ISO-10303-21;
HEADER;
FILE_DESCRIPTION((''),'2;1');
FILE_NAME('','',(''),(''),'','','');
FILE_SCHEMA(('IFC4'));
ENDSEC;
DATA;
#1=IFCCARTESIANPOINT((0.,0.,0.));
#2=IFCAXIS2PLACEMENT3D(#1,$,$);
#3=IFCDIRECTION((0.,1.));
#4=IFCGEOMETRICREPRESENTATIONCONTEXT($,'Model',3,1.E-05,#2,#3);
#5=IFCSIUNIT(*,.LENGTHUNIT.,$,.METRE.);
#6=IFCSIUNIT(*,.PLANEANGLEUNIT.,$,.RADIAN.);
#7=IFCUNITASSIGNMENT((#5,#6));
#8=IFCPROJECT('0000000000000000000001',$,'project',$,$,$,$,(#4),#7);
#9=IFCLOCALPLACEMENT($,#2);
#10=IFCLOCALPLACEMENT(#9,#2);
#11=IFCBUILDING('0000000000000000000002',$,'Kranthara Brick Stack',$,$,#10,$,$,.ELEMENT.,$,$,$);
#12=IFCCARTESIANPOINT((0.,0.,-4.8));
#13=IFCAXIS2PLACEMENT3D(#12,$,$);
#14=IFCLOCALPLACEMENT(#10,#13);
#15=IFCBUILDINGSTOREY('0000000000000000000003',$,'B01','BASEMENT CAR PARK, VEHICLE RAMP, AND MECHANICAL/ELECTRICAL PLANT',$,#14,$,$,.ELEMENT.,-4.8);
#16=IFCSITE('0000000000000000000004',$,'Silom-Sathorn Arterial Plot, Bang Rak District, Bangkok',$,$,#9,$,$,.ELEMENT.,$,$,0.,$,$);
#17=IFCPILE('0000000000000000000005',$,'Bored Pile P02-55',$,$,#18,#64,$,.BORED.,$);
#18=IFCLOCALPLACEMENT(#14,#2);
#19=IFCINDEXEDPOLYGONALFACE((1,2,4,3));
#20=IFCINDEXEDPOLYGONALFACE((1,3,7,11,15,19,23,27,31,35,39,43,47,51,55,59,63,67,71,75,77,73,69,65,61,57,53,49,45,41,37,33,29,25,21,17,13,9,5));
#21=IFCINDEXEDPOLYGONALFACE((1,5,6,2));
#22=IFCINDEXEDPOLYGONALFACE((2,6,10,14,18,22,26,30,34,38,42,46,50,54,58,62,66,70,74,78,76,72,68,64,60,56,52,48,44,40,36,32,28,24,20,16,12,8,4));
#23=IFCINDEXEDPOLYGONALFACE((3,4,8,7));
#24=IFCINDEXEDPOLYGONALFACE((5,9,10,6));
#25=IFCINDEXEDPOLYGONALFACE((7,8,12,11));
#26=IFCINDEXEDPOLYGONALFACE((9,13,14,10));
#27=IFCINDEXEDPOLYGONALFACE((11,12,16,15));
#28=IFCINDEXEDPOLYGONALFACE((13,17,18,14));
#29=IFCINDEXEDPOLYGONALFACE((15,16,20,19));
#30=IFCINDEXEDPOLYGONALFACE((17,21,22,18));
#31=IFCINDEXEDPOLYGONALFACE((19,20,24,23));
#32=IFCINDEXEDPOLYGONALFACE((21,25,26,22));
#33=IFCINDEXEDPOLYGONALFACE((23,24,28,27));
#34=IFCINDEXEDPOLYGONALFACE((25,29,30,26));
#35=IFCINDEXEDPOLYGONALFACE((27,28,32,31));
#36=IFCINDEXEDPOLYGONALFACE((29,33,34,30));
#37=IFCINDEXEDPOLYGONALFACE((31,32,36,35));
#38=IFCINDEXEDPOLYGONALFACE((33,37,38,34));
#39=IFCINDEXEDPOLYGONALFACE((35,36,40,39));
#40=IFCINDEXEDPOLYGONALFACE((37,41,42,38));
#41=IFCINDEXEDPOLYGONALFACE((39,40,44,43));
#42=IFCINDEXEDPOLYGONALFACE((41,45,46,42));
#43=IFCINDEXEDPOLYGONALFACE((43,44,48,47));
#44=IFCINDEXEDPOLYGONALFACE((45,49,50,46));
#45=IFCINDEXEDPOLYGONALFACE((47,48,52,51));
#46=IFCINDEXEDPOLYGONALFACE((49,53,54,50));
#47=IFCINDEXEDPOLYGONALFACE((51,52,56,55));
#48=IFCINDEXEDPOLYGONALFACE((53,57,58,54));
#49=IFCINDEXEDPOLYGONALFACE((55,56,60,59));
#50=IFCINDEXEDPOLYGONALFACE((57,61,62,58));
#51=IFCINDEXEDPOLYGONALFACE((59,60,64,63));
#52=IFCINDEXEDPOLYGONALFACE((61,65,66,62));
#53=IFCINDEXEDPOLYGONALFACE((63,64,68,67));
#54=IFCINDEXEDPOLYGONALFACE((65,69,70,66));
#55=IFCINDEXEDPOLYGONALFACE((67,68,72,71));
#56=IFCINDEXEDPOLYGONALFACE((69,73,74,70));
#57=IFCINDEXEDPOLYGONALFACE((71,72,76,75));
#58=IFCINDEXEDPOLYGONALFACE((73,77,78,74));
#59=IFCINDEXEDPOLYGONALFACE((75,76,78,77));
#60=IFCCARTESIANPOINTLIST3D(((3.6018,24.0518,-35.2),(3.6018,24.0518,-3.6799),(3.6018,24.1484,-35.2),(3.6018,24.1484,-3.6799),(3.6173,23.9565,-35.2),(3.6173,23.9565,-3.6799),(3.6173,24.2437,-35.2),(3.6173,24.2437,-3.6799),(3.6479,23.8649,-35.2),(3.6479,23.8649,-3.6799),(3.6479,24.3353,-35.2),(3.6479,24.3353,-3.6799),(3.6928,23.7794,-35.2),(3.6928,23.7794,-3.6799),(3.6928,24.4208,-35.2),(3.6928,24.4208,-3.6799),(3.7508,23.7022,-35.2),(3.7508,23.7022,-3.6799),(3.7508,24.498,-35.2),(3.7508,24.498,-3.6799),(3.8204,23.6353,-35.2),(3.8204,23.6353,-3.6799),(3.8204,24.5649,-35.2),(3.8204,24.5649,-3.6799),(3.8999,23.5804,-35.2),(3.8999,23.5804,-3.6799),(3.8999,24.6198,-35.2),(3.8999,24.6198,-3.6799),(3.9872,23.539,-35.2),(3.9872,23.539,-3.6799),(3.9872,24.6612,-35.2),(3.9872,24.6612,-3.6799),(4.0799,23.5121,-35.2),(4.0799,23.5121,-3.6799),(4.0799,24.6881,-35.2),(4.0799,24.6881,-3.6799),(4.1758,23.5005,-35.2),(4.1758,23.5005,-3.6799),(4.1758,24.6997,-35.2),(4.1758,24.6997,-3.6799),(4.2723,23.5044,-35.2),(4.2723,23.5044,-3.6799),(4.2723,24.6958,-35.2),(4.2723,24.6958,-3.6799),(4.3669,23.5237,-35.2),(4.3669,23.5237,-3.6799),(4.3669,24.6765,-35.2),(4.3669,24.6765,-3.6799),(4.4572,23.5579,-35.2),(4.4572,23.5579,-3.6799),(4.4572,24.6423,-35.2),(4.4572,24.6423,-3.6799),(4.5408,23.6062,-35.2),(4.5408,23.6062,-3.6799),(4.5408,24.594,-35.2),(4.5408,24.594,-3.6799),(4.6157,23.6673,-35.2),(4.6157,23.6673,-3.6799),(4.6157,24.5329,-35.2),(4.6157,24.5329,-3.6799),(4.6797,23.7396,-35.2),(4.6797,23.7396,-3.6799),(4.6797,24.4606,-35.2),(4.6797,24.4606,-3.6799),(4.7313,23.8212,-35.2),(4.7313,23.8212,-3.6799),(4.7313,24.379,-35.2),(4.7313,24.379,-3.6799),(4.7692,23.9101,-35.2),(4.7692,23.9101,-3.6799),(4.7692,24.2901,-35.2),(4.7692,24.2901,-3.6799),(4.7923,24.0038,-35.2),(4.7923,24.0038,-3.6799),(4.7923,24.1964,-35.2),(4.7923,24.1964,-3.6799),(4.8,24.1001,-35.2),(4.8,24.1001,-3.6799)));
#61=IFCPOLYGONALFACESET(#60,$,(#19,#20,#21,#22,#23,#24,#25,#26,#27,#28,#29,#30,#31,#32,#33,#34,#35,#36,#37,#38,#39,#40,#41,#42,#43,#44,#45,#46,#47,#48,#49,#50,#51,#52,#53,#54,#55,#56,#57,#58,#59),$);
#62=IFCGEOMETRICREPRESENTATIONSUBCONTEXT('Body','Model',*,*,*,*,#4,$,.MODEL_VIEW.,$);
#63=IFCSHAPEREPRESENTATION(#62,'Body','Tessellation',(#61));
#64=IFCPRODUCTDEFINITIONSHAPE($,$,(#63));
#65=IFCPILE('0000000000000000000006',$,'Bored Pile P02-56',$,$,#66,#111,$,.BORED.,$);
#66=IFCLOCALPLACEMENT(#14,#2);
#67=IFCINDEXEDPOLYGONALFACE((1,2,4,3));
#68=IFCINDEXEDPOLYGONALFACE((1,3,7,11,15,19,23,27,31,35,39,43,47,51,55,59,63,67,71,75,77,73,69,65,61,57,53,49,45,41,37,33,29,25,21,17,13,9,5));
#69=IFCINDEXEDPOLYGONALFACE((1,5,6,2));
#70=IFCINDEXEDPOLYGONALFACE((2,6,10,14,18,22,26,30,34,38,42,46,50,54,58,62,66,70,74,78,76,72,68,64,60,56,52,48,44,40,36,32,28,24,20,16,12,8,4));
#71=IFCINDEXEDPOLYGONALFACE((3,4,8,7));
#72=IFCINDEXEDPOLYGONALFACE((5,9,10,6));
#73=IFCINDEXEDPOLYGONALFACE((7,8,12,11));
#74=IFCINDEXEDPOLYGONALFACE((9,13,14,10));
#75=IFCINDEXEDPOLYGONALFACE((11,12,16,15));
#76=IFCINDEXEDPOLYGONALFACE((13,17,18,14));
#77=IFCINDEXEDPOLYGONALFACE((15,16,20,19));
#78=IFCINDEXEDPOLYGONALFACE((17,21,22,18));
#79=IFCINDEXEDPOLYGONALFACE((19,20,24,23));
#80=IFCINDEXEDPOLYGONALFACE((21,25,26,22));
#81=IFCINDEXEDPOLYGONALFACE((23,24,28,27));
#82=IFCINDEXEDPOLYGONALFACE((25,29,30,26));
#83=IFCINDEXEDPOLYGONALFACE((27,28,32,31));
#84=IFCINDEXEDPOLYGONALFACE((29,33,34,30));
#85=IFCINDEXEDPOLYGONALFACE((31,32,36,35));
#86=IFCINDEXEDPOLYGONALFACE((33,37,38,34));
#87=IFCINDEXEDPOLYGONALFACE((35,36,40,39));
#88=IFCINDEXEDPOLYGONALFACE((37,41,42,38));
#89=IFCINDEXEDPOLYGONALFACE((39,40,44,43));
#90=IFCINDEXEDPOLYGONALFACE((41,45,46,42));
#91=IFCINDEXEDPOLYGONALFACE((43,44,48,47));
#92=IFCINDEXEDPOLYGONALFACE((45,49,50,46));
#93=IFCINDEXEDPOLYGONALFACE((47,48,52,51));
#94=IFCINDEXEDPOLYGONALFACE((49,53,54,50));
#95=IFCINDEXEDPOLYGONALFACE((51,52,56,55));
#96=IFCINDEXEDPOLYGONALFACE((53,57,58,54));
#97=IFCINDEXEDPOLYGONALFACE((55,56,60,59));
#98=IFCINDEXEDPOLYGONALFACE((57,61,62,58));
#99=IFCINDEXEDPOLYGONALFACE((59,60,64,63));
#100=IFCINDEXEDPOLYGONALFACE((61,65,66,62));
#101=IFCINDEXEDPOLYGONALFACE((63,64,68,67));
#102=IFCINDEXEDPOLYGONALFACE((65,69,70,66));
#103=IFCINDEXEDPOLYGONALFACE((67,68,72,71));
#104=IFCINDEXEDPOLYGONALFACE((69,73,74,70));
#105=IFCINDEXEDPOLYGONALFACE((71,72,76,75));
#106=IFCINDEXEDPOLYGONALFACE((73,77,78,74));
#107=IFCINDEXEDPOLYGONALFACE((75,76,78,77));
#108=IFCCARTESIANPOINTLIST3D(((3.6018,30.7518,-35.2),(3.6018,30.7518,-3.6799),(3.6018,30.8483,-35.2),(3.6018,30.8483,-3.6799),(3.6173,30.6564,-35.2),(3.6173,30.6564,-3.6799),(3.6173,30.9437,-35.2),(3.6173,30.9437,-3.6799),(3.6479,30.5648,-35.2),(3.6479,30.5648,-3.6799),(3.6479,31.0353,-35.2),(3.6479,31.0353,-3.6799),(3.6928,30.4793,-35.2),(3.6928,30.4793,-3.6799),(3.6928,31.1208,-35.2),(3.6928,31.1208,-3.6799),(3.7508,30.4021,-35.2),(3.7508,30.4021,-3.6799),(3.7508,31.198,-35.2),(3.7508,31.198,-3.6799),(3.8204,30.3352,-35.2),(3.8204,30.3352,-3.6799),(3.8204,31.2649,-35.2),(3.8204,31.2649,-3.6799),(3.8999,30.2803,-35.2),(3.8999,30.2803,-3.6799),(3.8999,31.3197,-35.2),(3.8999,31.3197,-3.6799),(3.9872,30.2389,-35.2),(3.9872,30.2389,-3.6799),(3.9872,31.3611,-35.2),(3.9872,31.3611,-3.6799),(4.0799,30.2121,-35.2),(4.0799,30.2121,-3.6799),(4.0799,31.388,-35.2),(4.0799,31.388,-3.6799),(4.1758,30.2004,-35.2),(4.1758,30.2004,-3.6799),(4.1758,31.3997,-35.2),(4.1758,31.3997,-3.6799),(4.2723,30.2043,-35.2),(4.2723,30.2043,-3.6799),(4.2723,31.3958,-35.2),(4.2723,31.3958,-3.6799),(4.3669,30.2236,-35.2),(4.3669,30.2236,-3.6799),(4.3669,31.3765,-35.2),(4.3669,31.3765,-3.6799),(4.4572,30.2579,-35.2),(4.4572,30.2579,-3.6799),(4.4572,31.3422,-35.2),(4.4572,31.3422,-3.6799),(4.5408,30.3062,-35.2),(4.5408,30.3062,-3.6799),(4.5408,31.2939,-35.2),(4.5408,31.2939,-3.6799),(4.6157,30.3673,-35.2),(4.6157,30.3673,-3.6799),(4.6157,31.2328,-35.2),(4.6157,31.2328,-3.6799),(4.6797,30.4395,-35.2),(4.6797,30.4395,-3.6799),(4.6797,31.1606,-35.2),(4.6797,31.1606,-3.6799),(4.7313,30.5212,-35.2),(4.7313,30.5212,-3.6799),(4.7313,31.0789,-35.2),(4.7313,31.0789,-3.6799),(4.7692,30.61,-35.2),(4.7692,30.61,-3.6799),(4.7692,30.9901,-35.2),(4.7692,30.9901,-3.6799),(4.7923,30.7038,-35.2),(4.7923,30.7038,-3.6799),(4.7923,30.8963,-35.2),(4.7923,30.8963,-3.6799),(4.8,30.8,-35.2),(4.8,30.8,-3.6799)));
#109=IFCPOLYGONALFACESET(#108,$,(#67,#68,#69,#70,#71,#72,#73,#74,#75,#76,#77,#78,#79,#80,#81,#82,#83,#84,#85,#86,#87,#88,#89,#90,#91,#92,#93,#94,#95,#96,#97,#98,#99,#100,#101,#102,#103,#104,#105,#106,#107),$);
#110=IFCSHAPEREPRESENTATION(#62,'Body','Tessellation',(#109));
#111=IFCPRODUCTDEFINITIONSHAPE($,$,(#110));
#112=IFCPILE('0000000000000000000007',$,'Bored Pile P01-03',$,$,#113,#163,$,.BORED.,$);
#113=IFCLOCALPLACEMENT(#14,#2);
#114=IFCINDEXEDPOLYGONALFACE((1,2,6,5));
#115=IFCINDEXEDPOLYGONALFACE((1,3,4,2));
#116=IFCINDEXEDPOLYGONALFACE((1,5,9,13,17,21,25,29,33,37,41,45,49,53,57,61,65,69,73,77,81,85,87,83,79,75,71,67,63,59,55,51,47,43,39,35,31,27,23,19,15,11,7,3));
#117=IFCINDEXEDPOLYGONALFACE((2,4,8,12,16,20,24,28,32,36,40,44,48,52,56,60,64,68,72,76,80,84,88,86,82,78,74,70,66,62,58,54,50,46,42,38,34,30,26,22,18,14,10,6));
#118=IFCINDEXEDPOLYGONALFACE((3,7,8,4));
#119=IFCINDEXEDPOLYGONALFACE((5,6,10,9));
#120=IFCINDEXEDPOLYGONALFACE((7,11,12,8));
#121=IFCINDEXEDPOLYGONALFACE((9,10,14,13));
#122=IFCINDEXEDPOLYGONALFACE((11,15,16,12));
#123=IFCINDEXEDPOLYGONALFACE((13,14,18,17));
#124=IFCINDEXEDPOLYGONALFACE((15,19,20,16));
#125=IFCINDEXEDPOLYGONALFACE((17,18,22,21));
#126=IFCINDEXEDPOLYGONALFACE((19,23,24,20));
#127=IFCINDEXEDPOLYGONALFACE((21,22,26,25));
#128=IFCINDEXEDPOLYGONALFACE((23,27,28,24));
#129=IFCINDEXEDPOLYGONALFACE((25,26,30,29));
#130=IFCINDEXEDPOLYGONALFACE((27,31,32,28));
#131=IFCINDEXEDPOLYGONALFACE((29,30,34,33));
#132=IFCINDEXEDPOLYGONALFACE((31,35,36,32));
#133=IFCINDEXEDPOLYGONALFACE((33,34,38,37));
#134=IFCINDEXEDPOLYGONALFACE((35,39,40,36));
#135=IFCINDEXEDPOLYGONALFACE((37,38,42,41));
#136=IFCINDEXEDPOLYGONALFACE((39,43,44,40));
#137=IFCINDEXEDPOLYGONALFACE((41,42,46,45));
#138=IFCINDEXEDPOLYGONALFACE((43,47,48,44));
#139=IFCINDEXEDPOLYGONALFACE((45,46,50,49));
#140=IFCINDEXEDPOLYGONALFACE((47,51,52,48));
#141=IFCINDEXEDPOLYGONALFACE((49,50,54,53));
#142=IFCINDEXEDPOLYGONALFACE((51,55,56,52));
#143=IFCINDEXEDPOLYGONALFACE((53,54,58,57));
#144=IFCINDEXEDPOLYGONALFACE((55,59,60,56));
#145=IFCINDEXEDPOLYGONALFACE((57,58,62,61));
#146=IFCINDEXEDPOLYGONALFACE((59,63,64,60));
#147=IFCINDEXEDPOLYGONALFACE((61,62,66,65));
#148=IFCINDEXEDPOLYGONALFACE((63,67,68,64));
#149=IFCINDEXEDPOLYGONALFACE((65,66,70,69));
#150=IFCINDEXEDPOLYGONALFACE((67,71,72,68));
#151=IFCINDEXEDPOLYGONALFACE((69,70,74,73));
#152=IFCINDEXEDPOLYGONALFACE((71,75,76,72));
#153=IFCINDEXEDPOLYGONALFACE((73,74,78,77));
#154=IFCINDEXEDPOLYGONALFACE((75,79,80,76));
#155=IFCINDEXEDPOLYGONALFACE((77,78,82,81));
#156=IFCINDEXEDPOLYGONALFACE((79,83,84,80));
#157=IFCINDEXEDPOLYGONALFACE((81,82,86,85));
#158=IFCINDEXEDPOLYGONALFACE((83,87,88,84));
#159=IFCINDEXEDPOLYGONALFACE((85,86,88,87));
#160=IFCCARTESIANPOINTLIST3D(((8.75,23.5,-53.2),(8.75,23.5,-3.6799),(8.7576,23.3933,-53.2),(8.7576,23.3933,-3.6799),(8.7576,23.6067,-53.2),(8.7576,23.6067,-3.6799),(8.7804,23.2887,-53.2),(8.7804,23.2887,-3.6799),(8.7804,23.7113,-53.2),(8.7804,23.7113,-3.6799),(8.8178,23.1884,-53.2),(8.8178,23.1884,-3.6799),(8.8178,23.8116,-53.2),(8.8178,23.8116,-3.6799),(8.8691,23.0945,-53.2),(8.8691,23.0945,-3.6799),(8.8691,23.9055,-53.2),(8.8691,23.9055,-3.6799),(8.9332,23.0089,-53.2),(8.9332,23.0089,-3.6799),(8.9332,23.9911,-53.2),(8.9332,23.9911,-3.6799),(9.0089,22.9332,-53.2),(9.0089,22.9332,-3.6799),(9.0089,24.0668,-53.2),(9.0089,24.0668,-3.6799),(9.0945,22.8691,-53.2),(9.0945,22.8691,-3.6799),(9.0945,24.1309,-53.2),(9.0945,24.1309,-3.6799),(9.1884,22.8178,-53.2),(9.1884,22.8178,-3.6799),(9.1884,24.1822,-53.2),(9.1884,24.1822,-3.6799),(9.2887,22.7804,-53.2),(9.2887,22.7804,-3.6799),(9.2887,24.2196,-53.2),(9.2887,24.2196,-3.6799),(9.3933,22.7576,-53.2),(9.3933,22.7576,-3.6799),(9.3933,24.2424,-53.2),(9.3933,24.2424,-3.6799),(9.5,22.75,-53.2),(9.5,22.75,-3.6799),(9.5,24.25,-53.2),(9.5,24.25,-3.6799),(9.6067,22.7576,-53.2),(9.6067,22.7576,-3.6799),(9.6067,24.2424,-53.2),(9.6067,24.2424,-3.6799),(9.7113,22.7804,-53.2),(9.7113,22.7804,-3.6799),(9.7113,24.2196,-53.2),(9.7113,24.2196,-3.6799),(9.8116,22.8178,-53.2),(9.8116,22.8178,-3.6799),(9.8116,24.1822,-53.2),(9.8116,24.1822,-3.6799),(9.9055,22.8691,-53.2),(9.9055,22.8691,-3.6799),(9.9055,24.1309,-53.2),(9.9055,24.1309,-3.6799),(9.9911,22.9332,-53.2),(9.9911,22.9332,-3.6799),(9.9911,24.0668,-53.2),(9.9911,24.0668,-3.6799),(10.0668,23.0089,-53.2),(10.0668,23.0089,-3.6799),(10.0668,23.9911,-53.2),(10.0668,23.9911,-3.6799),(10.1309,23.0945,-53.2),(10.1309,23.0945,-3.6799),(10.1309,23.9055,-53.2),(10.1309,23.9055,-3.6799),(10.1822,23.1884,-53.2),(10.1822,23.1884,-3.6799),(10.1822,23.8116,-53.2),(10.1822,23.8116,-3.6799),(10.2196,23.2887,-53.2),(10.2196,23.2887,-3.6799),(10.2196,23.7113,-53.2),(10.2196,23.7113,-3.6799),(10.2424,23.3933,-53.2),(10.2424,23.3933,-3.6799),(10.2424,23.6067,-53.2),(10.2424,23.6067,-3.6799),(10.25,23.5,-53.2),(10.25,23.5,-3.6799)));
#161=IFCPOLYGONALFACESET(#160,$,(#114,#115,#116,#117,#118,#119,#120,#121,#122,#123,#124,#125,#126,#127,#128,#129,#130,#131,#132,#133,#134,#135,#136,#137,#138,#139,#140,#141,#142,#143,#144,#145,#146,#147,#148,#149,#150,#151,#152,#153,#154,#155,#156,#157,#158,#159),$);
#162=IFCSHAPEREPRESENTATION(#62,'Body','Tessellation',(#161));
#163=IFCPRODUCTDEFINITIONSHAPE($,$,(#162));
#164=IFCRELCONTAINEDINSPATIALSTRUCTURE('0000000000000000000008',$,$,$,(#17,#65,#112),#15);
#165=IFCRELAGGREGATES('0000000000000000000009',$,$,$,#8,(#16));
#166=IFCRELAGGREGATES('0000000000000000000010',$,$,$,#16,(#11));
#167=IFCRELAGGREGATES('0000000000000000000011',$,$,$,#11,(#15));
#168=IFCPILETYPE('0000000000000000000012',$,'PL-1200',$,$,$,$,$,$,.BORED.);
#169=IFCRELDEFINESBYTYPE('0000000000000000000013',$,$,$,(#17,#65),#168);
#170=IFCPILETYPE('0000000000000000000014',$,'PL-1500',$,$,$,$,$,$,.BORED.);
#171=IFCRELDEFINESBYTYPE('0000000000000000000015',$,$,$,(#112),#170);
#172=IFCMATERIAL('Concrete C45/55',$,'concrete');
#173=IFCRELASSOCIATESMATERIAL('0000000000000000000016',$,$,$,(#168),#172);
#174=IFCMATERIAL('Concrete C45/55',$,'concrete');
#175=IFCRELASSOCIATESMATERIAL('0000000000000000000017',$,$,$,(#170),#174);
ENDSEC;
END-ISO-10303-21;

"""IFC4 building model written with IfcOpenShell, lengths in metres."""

from ifc_helpers import new_model, si_unit, direction, frame, origin, origin_2d, place, context, subcontext, project, spatial, circle, extrude, material, material_profile, profile_set, type_object, element, save


model = new_model("IFC4")

# Units and contexts
model_context = context("Model", 3, precision=1e-05, world=origin(), true_north=direction((0.0, 1.0)))
body_context = subcontext(model_context, "Body", "Model", "MODEL_VIEW")
ifc_project = project(units=[si_unit("LENGTHUNIT", "METRE"), si_unit("PLANEANGLEUNIT", "RADIAN")], contexts=[model_context])

# Site, building, storey
site_placement = place(None, origin())
site = spatial("IfcSite", under=ifc_project, at=site_placement, Name="Silom-Sathorn Arterial Plot, Bang Rak District, Bangkok", CompositionType="ELEMENT", RefElevation=0.0)
building_placement = place(site_placement, origin())
building = spatial("IfcBuilding", under=site, at=building_placement, Name="Kranthara Brick Stack", CompositionType="ELEMENT")
storey_placement = place(building_placement, frame((0.0, 0.0, -4.8)))
storey = spatial("IfcBuildingStorey", under=building, at=storey_placement, Name="B01", Description="BASEMENT CAR PARK, VEHICLE RAMP, AND MECHANICAL/ELECTRICAL PLANT", CompositionType="ELEMENT", Elevation=-4.8)

# Piles
ifc_material_1 = material(Name="Concrete C45/55", Category="concrete")
ifc_material_profile_1 = material_profile(ifc_material_1, circle(Radius=0.6001, at=origin_2d()), Name="BORED PILE 1200")
ifc_profile_set_1 = profile_set([ifc_material_profile_1], Name="Concrete C45/55")
pile_type_1 = type_object("IfcPileType", Name="PL-1200", PredefinedType="BORED", material=ifc_profile_set_1)
for number, where, z_axis, x_axis, name in (
    (1, (4.2, 24.1001, -3.6799), (0.0, 0.0, -1.0), (1.0, 0.0, 0.0), "Bored Pile P02-55"),
    (2, (4.2, 30.8, -3.6799), (0.0, 0.0, -1.0), (1.0, 0.0, 0.0), "Bored Pile P02-56"),
):
    element("IfcPile", number, at=place(storey_placement, frame(where, z_axis=z_axis, x_axis=x_axis)), inside=storey, type_object=pile_type_1, Name=name, PredefinedType="BORED", context=body_context, shape_type="SweptSolid", body=[
        extrude(circle(Radius=0.6001, at=origin_2d()), origin(), (0.0, 0.0, 1.0), 31.52),
    ])
ifc_material_2 = material(Name="Concrete C45/55", Category="concrete")
ifc_material_profile_2 = material_profile(ifc_material_2, circle(Radius=0.75, at=origin_2d()), Name="BORED PILE 1500")
ifc_profile_set_2 = profile_set([ifc_material_profile_2], Name="Concrete C45/55")
pile_type_2 = type_object("IfcPileType", Name="PL-1500", PredefinedType="BORED", material=ifc_profile_set_2)
for number, where, z_axis, x_axis, name in (
    (3, (9.5, 23.5, -3.6799), (0.0, 0.0, -1.0), (1.0, 0.0, 0.0), "Bored Pile P01-03"),
):
    element("IfcPile", number, at=place(storey_placement, frame(where, z_axis=z_axis, x_axis=x_axis)), inside=storey, type_object=pile_type_2, Name=name, PredefinedType="BORED", context=body_context, shape_type="SweptSolid", body=[
        extrude(circle(Radius=0.75, at=origin_2d()), origin(), (0.0, 0.0, 1.0), 49.52),
    ])

save(model, "model.ifc")
